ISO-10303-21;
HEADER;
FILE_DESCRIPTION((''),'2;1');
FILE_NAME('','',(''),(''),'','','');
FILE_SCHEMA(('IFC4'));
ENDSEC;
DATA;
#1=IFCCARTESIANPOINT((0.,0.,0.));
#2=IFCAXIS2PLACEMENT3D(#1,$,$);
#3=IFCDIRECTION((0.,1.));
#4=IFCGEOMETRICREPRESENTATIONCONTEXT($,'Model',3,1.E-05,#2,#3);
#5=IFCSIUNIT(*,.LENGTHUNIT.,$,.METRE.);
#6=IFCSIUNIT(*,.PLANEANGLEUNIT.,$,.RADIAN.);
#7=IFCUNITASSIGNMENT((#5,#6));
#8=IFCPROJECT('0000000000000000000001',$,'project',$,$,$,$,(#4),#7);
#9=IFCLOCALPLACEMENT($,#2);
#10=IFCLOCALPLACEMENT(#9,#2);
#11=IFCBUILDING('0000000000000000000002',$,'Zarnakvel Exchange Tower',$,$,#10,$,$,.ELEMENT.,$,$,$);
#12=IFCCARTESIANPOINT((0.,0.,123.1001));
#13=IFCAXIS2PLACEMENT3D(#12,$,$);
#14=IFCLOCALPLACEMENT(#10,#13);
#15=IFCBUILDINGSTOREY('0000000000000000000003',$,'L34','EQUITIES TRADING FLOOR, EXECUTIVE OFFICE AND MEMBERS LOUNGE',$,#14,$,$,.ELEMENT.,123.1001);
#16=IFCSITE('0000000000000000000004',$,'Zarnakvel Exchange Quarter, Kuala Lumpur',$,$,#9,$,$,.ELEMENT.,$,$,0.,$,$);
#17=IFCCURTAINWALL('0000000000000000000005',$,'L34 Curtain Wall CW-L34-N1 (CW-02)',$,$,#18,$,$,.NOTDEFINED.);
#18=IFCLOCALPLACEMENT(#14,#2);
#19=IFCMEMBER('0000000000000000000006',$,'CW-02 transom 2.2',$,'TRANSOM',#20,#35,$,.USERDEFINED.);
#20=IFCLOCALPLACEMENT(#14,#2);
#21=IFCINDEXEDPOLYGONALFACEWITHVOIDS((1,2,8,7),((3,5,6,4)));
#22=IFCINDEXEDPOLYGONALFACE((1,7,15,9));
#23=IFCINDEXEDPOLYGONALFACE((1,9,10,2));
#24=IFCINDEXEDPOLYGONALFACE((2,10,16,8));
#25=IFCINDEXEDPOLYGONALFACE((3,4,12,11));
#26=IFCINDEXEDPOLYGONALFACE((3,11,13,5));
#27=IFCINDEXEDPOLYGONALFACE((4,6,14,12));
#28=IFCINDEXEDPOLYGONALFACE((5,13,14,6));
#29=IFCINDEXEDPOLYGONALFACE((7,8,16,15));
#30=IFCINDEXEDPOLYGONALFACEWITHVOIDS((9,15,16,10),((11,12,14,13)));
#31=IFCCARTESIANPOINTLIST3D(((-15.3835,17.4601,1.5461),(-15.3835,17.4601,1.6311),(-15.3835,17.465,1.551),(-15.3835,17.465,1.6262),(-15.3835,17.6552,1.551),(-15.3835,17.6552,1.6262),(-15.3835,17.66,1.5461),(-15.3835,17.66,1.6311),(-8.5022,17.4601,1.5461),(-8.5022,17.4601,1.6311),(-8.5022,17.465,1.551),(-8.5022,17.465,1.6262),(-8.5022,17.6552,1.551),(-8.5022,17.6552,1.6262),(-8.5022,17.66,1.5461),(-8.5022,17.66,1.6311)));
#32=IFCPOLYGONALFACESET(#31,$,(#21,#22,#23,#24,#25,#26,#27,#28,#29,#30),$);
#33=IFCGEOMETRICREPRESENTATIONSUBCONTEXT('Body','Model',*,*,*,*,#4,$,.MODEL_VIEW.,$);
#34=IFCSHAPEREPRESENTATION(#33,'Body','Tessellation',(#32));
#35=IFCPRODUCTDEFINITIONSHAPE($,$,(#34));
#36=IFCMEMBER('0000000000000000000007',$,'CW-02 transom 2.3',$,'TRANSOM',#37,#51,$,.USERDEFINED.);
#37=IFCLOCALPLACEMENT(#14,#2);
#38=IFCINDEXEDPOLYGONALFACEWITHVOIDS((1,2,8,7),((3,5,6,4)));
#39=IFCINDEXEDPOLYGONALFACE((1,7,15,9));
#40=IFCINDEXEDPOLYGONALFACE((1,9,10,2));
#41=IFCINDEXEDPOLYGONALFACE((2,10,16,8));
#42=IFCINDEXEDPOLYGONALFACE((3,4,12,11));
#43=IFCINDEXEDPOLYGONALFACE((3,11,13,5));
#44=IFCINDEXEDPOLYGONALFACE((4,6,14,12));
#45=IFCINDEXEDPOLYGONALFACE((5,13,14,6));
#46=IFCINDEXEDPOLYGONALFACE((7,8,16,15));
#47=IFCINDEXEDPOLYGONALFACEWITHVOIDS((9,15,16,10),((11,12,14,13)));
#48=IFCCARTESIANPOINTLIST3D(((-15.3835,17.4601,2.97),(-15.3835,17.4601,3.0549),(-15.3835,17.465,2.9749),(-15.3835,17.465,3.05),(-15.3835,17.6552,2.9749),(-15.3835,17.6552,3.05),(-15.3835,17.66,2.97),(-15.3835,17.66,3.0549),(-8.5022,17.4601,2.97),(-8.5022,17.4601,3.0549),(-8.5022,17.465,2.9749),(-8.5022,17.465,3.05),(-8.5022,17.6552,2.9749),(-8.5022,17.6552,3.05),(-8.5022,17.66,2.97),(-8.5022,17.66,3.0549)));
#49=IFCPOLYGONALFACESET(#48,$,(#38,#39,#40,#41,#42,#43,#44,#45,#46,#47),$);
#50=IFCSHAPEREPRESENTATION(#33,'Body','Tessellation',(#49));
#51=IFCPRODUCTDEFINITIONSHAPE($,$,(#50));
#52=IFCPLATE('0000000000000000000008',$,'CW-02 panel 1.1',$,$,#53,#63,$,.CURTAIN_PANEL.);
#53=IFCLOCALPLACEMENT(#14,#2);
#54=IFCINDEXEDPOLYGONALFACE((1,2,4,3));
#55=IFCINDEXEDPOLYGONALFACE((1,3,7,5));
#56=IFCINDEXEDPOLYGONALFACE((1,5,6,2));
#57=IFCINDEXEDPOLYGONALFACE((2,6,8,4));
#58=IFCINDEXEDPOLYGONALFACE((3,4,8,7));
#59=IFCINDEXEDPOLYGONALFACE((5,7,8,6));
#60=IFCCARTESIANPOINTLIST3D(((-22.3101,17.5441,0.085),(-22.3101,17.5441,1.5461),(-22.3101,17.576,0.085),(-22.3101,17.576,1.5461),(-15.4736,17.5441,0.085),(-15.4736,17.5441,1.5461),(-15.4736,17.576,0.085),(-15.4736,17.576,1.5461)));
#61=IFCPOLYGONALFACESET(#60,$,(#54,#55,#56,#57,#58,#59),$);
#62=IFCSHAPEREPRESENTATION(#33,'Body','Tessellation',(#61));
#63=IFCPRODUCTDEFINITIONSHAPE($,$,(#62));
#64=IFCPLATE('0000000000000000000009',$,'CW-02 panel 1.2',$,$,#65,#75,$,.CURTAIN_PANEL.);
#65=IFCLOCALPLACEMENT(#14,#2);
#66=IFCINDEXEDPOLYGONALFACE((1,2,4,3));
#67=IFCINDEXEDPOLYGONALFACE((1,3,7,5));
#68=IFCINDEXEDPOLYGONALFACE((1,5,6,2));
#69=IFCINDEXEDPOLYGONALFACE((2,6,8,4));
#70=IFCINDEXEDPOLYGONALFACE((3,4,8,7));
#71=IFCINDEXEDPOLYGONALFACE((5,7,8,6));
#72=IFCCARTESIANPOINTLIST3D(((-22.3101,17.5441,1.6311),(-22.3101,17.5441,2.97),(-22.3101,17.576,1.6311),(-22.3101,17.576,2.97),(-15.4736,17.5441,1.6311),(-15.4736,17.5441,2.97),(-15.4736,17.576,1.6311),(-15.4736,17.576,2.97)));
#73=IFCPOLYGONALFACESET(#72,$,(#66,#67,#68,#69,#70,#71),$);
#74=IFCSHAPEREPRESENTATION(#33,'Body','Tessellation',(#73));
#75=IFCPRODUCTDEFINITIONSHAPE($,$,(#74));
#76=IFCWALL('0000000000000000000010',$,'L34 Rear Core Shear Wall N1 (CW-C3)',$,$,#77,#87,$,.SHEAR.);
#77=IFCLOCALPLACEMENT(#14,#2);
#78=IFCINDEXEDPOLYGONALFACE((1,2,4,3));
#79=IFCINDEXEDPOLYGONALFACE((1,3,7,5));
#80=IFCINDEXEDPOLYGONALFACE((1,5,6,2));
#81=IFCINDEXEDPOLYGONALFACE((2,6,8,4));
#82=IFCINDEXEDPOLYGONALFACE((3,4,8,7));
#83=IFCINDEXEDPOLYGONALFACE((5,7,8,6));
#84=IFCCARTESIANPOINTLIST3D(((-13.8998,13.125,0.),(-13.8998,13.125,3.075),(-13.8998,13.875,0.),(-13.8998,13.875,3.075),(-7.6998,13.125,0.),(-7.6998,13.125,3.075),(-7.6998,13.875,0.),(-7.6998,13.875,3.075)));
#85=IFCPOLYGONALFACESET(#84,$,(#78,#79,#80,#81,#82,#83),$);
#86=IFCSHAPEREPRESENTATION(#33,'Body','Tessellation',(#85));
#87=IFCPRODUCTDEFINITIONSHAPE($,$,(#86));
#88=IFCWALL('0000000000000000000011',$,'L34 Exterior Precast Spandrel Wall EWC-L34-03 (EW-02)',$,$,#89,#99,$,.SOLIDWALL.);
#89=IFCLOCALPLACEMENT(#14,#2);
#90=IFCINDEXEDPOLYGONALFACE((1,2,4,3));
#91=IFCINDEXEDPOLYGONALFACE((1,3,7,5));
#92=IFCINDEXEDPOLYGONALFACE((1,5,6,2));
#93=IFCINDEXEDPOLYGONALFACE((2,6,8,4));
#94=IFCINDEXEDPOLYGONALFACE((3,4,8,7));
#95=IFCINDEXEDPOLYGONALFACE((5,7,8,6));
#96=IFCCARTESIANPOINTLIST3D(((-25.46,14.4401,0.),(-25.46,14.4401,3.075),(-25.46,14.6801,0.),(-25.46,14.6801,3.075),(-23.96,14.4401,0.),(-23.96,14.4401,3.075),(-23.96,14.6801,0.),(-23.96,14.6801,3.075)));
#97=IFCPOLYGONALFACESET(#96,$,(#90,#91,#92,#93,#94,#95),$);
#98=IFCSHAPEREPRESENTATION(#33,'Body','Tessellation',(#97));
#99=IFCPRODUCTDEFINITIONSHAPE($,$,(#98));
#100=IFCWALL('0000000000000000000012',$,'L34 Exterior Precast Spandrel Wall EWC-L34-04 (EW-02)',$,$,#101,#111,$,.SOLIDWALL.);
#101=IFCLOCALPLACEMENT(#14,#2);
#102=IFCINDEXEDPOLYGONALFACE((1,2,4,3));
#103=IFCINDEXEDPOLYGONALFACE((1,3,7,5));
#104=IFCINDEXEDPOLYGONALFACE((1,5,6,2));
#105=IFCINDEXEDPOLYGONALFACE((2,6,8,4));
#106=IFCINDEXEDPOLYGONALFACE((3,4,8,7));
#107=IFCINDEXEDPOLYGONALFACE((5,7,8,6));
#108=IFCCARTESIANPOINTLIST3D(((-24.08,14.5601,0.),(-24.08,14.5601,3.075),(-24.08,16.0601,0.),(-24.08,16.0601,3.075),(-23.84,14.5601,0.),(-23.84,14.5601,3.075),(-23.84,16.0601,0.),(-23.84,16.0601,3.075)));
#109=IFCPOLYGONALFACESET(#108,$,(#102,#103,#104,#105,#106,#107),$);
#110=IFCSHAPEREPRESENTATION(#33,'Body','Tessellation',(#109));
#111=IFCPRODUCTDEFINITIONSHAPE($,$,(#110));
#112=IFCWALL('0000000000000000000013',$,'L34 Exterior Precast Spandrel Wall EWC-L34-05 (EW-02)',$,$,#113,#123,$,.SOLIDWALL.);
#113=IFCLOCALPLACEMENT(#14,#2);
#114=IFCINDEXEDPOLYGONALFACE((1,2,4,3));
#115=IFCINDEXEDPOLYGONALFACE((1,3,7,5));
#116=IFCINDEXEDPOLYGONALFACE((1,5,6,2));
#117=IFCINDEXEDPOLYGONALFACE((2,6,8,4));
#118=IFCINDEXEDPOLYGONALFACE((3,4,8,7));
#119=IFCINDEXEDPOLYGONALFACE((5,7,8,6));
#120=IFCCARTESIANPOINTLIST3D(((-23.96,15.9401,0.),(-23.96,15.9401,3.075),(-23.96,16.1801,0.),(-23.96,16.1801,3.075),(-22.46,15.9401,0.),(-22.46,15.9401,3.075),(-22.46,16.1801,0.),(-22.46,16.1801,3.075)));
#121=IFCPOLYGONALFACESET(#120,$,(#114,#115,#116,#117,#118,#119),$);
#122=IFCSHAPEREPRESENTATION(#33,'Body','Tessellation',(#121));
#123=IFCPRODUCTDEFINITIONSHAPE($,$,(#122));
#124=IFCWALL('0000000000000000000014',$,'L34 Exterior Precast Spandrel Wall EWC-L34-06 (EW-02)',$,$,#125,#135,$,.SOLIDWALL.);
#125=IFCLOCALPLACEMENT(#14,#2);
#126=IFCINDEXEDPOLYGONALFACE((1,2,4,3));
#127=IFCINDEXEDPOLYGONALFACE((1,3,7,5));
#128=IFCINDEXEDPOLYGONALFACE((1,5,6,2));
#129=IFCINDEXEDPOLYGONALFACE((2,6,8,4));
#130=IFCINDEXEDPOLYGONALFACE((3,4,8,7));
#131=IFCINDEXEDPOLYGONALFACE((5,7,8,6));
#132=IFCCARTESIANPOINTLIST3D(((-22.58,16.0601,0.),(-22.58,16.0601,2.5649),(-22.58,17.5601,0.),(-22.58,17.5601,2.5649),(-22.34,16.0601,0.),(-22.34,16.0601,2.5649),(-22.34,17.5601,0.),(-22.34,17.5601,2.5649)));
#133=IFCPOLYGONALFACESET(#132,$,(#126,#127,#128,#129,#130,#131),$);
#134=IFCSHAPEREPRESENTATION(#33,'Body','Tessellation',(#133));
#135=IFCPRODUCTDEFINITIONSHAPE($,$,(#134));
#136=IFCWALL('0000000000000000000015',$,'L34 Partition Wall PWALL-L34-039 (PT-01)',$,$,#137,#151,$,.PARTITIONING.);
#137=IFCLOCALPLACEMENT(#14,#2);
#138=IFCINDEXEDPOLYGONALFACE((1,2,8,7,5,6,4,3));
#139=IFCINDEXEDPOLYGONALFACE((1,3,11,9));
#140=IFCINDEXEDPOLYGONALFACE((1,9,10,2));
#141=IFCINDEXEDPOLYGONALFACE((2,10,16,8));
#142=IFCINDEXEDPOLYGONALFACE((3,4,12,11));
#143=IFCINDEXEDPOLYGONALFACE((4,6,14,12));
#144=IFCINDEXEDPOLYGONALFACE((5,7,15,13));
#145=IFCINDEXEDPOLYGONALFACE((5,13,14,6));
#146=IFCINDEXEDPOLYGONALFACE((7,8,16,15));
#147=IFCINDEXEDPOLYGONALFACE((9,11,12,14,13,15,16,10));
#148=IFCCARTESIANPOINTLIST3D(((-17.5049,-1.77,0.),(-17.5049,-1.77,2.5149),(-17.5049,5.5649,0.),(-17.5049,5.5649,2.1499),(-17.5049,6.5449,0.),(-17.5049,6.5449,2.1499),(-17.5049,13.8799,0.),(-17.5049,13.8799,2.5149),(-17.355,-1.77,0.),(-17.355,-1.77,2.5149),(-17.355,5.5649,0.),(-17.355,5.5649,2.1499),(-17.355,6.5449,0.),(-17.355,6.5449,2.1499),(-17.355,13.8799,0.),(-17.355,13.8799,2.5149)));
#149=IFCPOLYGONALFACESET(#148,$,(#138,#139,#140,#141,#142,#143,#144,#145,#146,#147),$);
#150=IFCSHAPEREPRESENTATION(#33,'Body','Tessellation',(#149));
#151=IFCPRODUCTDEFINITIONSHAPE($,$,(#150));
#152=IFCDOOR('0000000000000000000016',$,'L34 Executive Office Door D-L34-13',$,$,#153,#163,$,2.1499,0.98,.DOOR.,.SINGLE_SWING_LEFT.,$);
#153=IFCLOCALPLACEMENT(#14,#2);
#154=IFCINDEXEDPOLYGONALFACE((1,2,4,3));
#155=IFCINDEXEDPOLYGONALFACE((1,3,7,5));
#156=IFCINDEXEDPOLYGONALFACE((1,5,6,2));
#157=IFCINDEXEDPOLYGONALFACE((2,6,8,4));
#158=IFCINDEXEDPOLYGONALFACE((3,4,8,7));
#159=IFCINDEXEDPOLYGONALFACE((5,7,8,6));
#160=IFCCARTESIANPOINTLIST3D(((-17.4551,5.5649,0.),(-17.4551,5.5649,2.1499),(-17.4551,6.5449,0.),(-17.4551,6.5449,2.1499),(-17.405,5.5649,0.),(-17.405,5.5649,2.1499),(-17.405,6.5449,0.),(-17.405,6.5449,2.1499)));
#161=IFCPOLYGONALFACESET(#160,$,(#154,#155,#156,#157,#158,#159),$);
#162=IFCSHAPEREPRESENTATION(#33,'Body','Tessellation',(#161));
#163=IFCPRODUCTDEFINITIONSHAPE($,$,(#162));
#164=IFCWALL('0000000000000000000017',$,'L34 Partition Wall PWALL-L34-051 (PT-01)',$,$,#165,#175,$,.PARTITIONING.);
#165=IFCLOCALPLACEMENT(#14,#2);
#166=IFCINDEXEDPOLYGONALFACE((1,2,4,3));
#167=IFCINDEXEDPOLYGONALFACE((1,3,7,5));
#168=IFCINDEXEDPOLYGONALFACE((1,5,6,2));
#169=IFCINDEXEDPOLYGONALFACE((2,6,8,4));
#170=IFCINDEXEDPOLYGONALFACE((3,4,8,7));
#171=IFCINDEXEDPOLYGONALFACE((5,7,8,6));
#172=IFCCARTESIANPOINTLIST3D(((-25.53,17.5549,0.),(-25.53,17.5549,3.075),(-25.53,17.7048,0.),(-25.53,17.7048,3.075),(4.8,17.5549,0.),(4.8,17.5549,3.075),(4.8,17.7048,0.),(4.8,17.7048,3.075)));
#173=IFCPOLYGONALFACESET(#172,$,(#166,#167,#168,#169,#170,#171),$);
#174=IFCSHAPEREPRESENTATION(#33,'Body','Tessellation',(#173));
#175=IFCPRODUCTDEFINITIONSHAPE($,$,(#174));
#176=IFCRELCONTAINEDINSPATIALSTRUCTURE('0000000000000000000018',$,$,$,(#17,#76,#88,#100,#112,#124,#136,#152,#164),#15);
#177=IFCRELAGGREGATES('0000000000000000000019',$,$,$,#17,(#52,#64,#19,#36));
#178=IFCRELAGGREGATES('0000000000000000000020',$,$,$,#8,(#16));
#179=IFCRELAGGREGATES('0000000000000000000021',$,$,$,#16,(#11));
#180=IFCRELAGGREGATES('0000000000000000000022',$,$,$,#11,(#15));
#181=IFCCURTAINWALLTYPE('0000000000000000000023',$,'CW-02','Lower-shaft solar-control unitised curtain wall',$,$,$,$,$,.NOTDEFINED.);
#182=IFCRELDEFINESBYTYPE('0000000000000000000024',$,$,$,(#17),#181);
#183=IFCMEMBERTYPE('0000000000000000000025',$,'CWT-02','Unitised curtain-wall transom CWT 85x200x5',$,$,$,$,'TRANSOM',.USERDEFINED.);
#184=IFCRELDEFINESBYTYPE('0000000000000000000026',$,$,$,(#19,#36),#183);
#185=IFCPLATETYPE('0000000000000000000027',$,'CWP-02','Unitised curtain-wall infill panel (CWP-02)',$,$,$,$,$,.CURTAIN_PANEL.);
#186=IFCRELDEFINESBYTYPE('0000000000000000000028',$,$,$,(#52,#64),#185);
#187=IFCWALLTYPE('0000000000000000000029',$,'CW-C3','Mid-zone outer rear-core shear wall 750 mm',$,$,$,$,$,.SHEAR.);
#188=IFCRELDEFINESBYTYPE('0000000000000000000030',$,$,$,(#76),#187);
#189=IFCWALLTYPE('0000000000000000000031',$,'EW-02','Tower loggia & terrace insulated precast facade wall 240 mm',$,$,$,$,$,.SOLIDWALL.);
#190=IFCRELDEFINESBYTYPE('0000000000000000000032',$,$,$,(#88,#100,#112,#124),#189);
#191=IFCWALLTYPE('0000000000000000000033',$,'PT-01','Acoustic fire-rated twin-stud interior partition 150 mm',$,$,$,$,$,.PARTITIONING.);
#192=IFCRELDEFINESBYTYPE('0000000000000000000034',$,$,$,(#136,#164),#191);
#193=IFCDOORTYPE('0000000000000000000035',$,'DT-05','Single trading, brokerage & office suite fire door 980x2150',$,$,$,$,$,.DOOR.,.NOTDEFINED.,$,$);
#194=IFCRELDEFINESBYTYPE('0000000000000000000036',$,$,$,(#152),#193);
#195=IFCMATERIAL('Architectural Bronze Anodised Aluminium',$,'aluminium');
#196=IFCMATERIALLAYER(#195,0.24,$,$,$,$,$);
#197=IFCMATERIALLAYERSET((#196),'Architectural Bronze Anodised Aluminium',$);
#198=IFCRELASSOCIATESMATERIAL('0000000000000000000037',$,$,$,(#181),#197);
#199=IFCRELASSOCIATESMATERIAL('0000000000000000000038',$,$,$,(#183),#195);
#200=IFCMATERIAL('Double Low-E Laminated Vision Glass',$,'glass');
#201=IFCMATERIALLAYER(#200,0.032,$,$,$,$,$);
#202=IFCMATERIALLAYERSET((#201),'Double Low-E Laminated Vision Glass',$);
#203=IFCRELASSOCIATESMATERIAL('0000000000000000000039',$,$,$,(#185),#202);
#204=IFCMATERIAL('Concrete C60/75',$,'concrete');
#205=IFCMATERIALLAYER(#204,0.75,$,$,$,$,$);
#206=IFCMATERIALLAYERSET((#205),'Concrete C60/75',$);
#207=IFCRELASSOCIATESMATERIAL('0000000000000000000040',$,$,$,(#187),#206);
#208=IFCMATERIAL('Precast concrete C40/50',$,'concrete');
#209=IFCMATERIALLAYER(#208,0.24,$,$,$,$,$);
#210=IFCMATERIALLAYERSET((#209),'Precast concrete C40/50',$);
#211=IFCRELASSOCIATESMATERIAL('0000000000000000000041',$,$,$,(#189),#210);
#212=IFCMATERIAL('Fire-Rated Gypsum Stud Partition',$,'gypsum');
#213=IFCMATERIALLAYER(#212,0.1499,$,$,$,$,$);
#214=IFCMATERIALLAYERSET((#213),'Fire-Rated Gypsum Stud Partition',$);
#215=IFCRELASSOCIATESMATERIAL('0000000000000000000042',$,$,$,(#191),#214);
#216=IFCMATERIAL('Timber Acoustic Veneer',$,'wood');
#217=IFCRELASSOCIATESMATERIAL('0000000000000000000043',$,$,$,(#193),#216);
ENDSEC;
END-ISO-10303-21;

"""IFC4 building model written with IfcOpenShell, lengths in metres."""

from ifc_helpers import new_model, si_unit, direction, frame, frame_2d, origin, origin_2d, place, context, subcontext, project, spatial, rectangle, hollow_rectangle, extrude, source, transform, mapped, material, layer, layer_set, material_profile, profile_set, type_object, element, fill, aggregate, save


model = new_model("IFC4")

# Units and contexts
model_context = context("Model", 3, precision=1e-05, world=origin(), true_north=direction((0.0, 1.0)))
body_context = subcontext(model_context, "Body", "Model", "MODEL_VIEW")
ifc_project = project(units=[si_unit("LENGTHUNIT", "METRE"), si_unit("PLANEANGLEUNIT", "RADIAN")], contexts=[model_context])

# Site, building, storey
site_placement = place(None, origin())
site = spatial("IfcSite", under=ifc_project, at=site_placement, Name="Zarnakvel Exchange Quarter, Kuala Lumpur", CompositionType="ELEMENT", RefElevation=0.0)
building_placement = place(site_placement, origin())
building = spatial("IfcBuilding", under=site, at=building_placement, Name="Zarnakvel Exchange Tower", CompositionType="ELEMENT")
storey_placement = place(building_placement, frame((0.0, 0.0, 123.1001)))
storey = spatial("IfcBuildingStorey", under=building, at=storey_placement, Name="L34", Description="EQUITIES TRADING FLOOR, EXECUTIVE OFFICE AND MEMBERS LOUNGE", CompositionType="ELEMENT", Elevation=123.1001)

# Shared definitions
ifc_material_1 = material(Name="Concrete C60/75", Category="concrete")

# Curtain wall
ifc_material_2 = material(Name="Architectural Bronze Anodised Aluminium", Category="aluminium")
ifc_layer_1 = layer(ifc_material_2, 0.24)
ifc_layer_set_1 = layer_set([ifc_layer_1], Name="Architectural Bronze Anodised Aluminium")
curtain_wall_type_1 = type_object("IfcCurtainWallType", Name="CW-02", Description="Lower-shaft solar-control unitised curtain wall", PredefinedType="NOTDEFINED", material=ifc_layer_set_1)
curtain_wall_1_placement = place(storey_placement, origin())
curtain_wall_1 = element("IfcCurtainWall", 1, at=curtain_wall_1_placement, inside=storey, type_object=curtain_wall_type_1, Name="L34 Curtain Wall CW-L34-N1 (CW-02)", PredefinedType="NOTDEFINED")

# Members
ifc_material_profile_1 = material_profile(ifc_material_2, hollow_rectangle(XDim=0.2, YDim=0.085, WallThickness=0.0049, at=origin_2d()))
ifc_profile_set_1 = profile_set([ifc_material_profile_1], Name="Architectural Bronze Anodised Aluminium")
member_type_1 = type_object("IfcMemberType", Name="CWT-02", Description="Unitised curtain-wall transom CWT 85x200x5", ElementType="TRANSOM", PredefinedType="USERDEFINED", material=ifc_profile_set_1)
shared_shape_1 = source(origin(), body_context, "Body", "SweptSolid", [
    extrude(hollow_rectangle(XDim=0.2, YDim=0.085, WallThickness=0.0049, at=origin_2d()), origin(), (0.0, 0.0, 1.0), 6.8813),
])
member_1_placement = place(storey_placement, frame((-15.3835, 17.5601, 1.5886), z_axis=(1.0, 0.0, 0.0), x_axis=(0.0, 1.0, 0.0)))
member_1 = element("IfcMember", 2, at=member_1_placement, type_object=member_type_1, Name="CW-02 transom 2.2", ObjectType="TRANSOM", PredefinedType="USERDEFINED", context=body_context, shape_type="MappedRepresentation", body=[
    mapped(shared_shape_1, transform((0.0, 0.0, 0.0), x_axis=(1.0, 0.0, 0.0), y_axis=(0.0, 1.0, 0.0), z_axis=(0.0, 0.0, 1.0), scale=1.0)),
])
member_2_placement = place(storey_placement, frame((-15.3835, 17.5601, 3.0125), z_axis=(1.0, 0.0, 0.0), x_axis=(0.0, 1.0, 0.0)))
member_2 = element("IfcMember", 3, at=member_2_placement, type_object=member_type_1, Name="CW-02 transom 2.3", ObjectType="TRANSOM", PredefinedType="USERDEFINED", context=body_context, shape_type="MappedRepresentation", body=[
    mapped(shared_shape_1, transform((0.0, 0.0, 0.0), x_axis=(1.0, 0.0, 0.0), y_axis=(0.0, 1.0, 0.0), z_axis=(0.0, 0.0, 1.0), scale=1.0)),
])

# Plates
ifc_material_3 = material(Name="Double Low-E Laminated Vision Glass", Category="glass")
ifc_layer_2 = layer(ifc_material_3, 0.032)
ifc_layer_set_2 = layer_set([ifc_layer_2], Name="Double Low-E Laminated Vision Glass")
plate_type = type_object("IfcPlateType", Name="CWP-02", Description="Unitised curtain-wall infill panel (CWP-02)", PredefinedType="CURTAIN_PANEL", material=ifc_layer_set_2)
shared_shape_2 = source(origin(), body_context, "Body", "SweptSolid", [
    extrude(rectangle(XDim=6.8364, YDim=0.032, at=origin_2d()), origin(), (0.0, 0.0, 1.0), 1.4612),
])
plate_1_placement = place(storey_placement, frame((-18.8918, 17.5601, 0.085), z_axis=(0.0, 0.0, 1.0), x_axis=(1.0, 0.0, 0.0)))
plate_1 = element("IfcPlate", 4, at=plate_1_placement, type_object=plate_type, Name="CW-02 panel 1.1", PredefinedType="CURTAIN_PANEL", context=body_context, shape_type="MappedRepresentation", body=[
    mapped(shared_shape_2, transform((0.0, 0.0, 0.0), x_axis=(1.0, 0.0, 0.0), y_axis=(0.0, 1.0, 0.0), z_axis=(0.0, 0.0, 1.0), scale=1.0)),
])
shared_shape_3 = source(origin(), body_context, "Body", "SweptSolid", [
    extrude(rectangle(XDim=6.8364, YDim=0.032, at=origin_2d()), origin(), (0.0, 0.0, 1.0), 1.3389),
])
plate_2_placement = place(storey_placement, frame((-18.8918, 17.5601, 1.6311), z_axis=(0.0, 0.0, 1.0), x_axis=(1.0, 0.0, 0.0)))
plate_2 = element("IfcPlate", 5, at=plate_2_placement, type_object=plate_type, Name="CW-02 panel 1.2", PredefinedType="CURTAIN_PANEL", context=body_context, shape_type="MappedRepresentation", body=[
    mapped(shared_shape_3, transform((0.0, 0.0, 0.0), x_axis=(1.0, 0.0, 0.0), y_axis=(0.0, 1.0, 0.0), z_axis=(0.0, 0.0, 1.0), scale=1.0)),
])
aggregate(curtain_wall_1, [plate_1, plate_2, member_1, member_2])

# Walls
ifc_layer_3 = layer(ifc_material_1, 0.75)
ifc_layer_set_3 = layer_set([ifc_layer_3], Name="Concrete C60/75")
wall_type_1 = type_object("IfcWallType", Name="CW-C3", Description="Mid-zone outer rear-core shear wall 750 mm", PredefinedType="SHEAR", material=ifc_layer_set_3)
wall_1_placement = place(storey_placement, frame((-13.8999, 13.5, 0.0), z_axis=(0.0, 0.0, 1.0), x_axis=(1.0, 0.0, 0.0)))
element("IfcWall", 6, at=wall_1_placement, inside=storey, type_object=wall_type_1, Name="L34 Rear Core Shear Wall N1 (CW-C3)", PredefinedType="SHEAR", context=body_context, shape_type="SweptSolid", body=[
    extrude(rectangle(XDim=6.2, YDim=0.75, at=frame_2d((3.1001, 0.0))), origin(), (0.0, 0.0, 1.0), 3.075),
])
ifc_material_4 = material(Name="Precast concrete C40/50", Category="concrete")
ifc_layer_4 = layer(ifc_material_4, 0.24)
ifc_layer_set_4 = layer_set([ifc_layer_4], Name="Precast concrete C40/50")
wall_type_2 = type_object("IfcWallType", Name="EW-02", Description="Tower loggia & terrace insulated precast facade wall 240 mm", PredefinedType="SOLIDWALL", material=ifc_layer_set_4)
for number, where, z_axis, x_axis, name in (
    (7, (-23.96, 14.5601, 0.0), (0.0, 0.0, 1.0), (-1.0, 0.0, 0.0), "L34 Exterior Precast Spandrel Wall EWC-L34-03 (EW-02)"),
    (8, (-23.96, 16.0601, 0.0), (0.0, 0.0, 1.0), (0.0, -1.0, 0.0), "L34 Exterior Precast Spandrel Wall EWC-L34-04 (EW-02)"),
    (9, (-22.46, 16.0601, 0.0), (0.0, 0.0, 1.0), (-1.0, 0.0, 0.0), "L34 Exterior Precast Spandrel Wall EWC-L34-05 (EW-02)"),
):
    element("IfcWall", number, at=place(storey_placement, frame(where, z_axis=z_axis, x_axis=x_axis)), inside=storey, type_object=wall_type_2, Name=name, PredefinedType="SOLIDWALL", context=body_context, shape_type="SweptSolid", body=[
        extrude(rectangle(XDim=1.5, YDim=0.24, at=frame_2d((0.75, 0.0))), origin(), (0.0, 0.0, 1.0), 3.075),
    ])
wall_2_placement = place(storey_placement, frame((-22.46, 17.5601, 0.0), z_axis=(0.0, 0.0, 1.0), x_axis=(0.0, -1.0, 0.0)))
element("IfcWall", 10, at=wall_2_placement, inside=storey, type_object=wall_type_2, Name="L34 Exterior Precast Spandrel Wall EWC-L34-06 (EW-02)", PredefinedType="SOLIDWALL", context=body_context, shape_type="SweptSolid", body=[
    extrude(rectangle(XDim=1.5, YDim=0.24, at=frame_2d((0.75, 0.0))), origin(), (0.0, 0.0, 1.0), 2.5649),
])

# Wall, opening, door
ifc_material_5 = material(Name="Fire-Rated Gypsum Stud Partition", Category="gypsum")
ifc_layer_5 = layer(ifc_material_5, 0.1499)
ifc_layer_set_5 = layer_set([ifc_layer_5], Name="Fire-Rated Gypsum Stud Partition")
wall_type_3 = type_object("IfcWallType", Name="PT-01", Description="Acoustic fire-rated twin-stud interior partition 150 mm", PredefinedType="PARTITIONING", material=ifc_layer_set_5)
ifc_material_6 = material(Name="Timber Acoustic Veneer", Category="wood")
door_type = type_object("IfcDoorType", Name="DT-05", Description="Single trading, brokerage & office suite fire door 980x2150", OperationType="NOTDEFINED", PredefinedType="DOOR", material=ifc_material_6)
shared_shape_4 = source(origin(), body_context, "Body", "SweptSolid", [
    extrude(rectangle(XDim=0.98, YDim=2.1499, at=frame_2d((0.49, 1.075))), frame((0.0, 0.0249, 0.0), z_axis=(0.0, -1.0, 0.0), x_axis=(1.0, 0.0, 0.0)), (0.0, 0.0, 1.0), 0.05),
])
wall_3_placement = place(storey_placement, frame((-17.4299, 13.8799, 0.0), z_axis=(0.0, 0.0, 1.0), x_axis=(0.0, -1.0, 0.0)))
wall_3 = element("IfcWall", 11, at=wall_3_placement, inside=storey, type_object=wall_type_3, Name="L34 Partition Wall PWALL-L34-039 (PT-01)", PredefinedType="PARTITIONING", context=body_context, shape_type="SweptSolid", body=[
    extrude(rectangle(XDim=15.6499, YDim=0.1499, at=frame_2d((7.825, 0.0))), origin(), (0.0, 0.0, 1.0), 2.5149),
])
opening_1_placement = place(wall_3_placement, frame((7.335, 0.0, 0.0)))
opening_1 = element("IfcOpeningElement", 12, at=opening_1_placement, cuts=wall_3, PredefinedType="OPENING", context=body_context, shape_type="SweptSolid", body=[
    extrude(rectangle(XDim=0.98, YDim=2.1499, at=frame_2d((0.49, 1.075))), frame((0.0, 0.085, 0.0), z_axis=(0.0, -1.0, 0.0), x_axis=(1.0, 0.0, 0.0)), (0.0, 0.0, 1.0), 0.1699),
])
door_1_placement = place(opening_1_placement, origin())
door_1 = element("IfcDoor", 13, at=door_1_placement, inside=storey, type_object=door_type, Name="L34 Executive Office Door D-L34-13", OperationType="SINGLE_SWING_LEFT", OverallHeight=2.1499, OverallWidth=0.98, PredefinedType="DOOR", context=body_context, shape_type="MappedRepresentation", body=[
    mapped(shared_shape_4, transform((0.0, 0.0, 0.0), x_axis=(1.0, 0.0, 0.0), y_axis=(0.0, 1.0, 0.0), z_axis=(0.0, 0.0, 1.0), scale=1.0)),
])
fill(opening_1, door_1)

# Wall
wall_4_placement = place(storey_placement, frame((-25.53, 17.6299, 0.0), z_axis=(0.0, 0.0, 1.0), x_axis=(1.0, 0.0, 0.0)))
element("IfcWall", 14, at=wall_4_placement, inside=storey, type_object=wall_type_3, Name="L34 Partition Wall PWALL-L34-051 (PT-01)", PredefinedType="PARTITIONING", context=body_context, shape_type="SweptSolid", body=[
    extrude(rectangle(XDim=30.3301, YDim=0.1499, at=frame_2d((15.165, 0.0))), origin(), (0.0, 0.0, 1.0), 3.075),
])

save(model, "model.ifc")
